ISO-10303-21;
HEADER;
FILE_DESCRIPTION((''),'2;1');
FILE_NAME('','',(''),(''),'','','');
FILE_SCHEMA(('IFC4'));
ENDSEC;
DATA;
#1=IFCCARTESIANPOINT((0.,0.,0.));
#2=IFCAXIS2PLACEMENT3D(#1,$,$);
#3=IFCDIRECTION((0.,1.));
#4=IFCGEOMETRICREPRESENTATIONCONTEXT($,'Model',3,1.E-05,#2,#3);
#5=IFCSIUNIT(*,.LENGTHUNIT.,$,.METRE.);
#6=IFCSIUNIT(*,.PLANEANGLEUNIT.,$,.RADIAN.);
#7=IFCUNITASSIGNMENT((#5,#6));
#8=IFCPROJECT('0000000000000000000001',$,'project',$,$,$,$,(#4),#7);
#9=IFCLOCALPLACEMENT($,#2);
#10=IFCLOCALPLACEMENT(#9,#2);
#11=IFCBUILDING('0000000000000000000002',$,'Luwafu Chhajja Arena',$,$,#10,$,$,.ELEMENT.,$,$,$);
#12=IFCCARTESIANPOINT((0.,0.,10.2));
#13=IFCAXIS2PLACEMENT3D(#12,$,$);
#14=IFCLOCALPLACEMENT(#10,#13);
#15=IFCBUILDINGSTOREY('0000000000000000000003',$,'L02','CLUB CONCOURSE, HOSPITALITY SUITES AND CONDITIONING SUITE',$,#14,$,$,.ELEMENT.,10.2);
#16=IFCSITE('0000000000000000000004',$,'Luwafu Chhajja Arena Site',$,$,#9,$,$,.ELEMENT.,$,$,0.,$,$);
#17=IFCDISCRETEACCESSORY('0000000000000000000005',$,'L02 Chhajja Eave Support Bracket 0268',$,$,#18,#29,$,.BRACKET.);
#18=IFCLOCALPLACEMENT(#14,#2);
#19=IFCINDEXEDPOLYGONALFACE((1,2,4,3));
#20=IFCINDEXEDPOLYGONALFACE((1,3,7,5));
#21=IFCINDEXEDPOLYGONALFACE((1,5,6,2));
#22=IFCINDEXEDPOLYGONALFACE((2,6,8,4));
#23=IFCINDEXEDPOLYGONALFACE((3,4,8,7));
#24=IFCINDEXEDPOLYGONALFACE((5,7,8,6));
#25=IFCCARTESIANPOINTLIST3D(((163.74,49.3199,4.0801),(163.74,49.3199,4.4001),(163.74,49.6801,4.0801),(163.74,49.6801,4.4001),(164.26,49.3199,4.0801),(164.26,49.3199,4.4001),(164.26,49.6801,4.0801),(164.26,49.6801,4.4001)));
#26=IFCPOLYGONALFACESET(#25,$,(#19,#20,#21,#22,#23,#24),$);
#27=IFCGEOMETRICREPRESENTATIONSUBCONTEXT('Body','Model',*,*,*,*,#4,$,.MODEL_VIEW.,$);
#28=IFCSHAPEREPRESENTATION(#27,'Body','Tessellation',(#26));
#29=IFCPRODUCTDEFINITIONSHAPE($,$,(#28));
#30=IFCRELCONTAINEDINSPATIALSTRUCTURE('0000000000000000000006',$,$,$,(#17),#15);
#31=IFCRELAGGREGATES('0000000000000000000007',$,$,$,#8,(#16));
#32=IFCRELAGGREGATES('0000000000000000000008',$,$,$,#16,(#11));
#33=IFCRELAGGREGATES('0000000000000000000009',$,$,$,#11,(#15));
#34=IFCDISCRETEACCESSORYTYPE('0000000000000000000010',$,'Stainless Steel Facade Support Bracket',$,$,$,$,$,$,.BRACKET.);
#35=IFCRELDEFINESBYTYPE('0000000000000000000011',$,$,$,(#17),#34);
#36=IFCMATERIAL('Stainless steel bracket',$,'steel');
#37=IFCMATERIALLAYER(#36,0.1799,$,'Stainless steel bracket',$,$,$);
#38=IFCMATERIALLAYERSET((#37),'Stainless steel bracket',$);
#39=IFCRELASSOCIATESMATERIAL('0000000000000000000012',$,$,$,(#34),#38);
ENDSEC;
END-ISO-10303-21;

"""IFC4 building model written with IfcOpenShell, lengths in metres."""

from ifc_helpers import new_model, si_unit, direction, frame, origin, origin_2d, place, context, subcontext, project, spatial, rectangle, extrude, material, layer, layer_set, type_object, element, save


model = new_model("IFC4")

# Units and contexts
model_context = context("Model", 3, precision=1e-05, world=origin(), true_north=direction((0.0, 1.0)))
body_context = subcontext(model_context, "Body", "Model", "MODEL_VIEW")
ifc_project = project(units=[si_unit("LENGTHUNIT", "METRE"), si_unit("PLANEANGLEUNIT", "RADIAN")], contexts=[model_context])

# Site, building, storey
site_placement = place(None, origin())
site = spatial("IfcSite", under=ifc_project, at=site_placement, Name="Luwafu Chhajja Arena Site", CompositionType="ELEMENT", RefElevation=0.0)
building_placement = place(site_placement, origin())
building = spatial("IfcBuilding", under=site, at=building_placement, Name="Luwafu Chhajja Arena", CompositionType="ELEMENT")
storey_placement = place(building_placement, frame((0.0, 0.0, 10.2)))
storey = spatial("IfcBuildingStorey", under=building, at=storey_placement, Name="L02", Description="CLUB CONCOURSE, HOSPITALITY SUITES AND CONDITIONING SUITE", CompositionType="ELEMENT", Elevation=10.2)

# Discrete accessory
ifc_material_1 = material(Name="Stainless steel bracket", Category="steel")
ifc_layer_1 = layer(ifc_material_1, 0.1799, Name="Stainless steel bracket")
ifc_layer_set_1 = layer_set([ifc_layer_1], Name="Stainless steel bracket")
discrete_accessory_type = type_object("IfcDiscreteAccessoryType", Name="Stainless Steel Facade Support Bracket", PredefinedType="BRACKET", material=ifc_layer_set_1)
discrete_accessory_placement = place(storey_placement, frame((164.0, 49.5, 4.0801), z_axis=(0.0, 0.0, 1.0), x_axis=(0.0, 1.0, 0.0)))
element("IfcDiscreteAccessory", 1, at=discrete_accessory_placement, inside=storey, type_object=discrete_accessory_type, Name="L02 Chhajja Eave Support Bracket 0268", PredefinedType="BRACKET", context=body_context, shape_type="SweptSolid", body=[
    extrude(rectangle(XDim=0.3601, YDim=0.52, at=origin_2d()), origin(), (0.0, 0.0, 1.0), 0.3201),
])

save(model, "model.ifc")
